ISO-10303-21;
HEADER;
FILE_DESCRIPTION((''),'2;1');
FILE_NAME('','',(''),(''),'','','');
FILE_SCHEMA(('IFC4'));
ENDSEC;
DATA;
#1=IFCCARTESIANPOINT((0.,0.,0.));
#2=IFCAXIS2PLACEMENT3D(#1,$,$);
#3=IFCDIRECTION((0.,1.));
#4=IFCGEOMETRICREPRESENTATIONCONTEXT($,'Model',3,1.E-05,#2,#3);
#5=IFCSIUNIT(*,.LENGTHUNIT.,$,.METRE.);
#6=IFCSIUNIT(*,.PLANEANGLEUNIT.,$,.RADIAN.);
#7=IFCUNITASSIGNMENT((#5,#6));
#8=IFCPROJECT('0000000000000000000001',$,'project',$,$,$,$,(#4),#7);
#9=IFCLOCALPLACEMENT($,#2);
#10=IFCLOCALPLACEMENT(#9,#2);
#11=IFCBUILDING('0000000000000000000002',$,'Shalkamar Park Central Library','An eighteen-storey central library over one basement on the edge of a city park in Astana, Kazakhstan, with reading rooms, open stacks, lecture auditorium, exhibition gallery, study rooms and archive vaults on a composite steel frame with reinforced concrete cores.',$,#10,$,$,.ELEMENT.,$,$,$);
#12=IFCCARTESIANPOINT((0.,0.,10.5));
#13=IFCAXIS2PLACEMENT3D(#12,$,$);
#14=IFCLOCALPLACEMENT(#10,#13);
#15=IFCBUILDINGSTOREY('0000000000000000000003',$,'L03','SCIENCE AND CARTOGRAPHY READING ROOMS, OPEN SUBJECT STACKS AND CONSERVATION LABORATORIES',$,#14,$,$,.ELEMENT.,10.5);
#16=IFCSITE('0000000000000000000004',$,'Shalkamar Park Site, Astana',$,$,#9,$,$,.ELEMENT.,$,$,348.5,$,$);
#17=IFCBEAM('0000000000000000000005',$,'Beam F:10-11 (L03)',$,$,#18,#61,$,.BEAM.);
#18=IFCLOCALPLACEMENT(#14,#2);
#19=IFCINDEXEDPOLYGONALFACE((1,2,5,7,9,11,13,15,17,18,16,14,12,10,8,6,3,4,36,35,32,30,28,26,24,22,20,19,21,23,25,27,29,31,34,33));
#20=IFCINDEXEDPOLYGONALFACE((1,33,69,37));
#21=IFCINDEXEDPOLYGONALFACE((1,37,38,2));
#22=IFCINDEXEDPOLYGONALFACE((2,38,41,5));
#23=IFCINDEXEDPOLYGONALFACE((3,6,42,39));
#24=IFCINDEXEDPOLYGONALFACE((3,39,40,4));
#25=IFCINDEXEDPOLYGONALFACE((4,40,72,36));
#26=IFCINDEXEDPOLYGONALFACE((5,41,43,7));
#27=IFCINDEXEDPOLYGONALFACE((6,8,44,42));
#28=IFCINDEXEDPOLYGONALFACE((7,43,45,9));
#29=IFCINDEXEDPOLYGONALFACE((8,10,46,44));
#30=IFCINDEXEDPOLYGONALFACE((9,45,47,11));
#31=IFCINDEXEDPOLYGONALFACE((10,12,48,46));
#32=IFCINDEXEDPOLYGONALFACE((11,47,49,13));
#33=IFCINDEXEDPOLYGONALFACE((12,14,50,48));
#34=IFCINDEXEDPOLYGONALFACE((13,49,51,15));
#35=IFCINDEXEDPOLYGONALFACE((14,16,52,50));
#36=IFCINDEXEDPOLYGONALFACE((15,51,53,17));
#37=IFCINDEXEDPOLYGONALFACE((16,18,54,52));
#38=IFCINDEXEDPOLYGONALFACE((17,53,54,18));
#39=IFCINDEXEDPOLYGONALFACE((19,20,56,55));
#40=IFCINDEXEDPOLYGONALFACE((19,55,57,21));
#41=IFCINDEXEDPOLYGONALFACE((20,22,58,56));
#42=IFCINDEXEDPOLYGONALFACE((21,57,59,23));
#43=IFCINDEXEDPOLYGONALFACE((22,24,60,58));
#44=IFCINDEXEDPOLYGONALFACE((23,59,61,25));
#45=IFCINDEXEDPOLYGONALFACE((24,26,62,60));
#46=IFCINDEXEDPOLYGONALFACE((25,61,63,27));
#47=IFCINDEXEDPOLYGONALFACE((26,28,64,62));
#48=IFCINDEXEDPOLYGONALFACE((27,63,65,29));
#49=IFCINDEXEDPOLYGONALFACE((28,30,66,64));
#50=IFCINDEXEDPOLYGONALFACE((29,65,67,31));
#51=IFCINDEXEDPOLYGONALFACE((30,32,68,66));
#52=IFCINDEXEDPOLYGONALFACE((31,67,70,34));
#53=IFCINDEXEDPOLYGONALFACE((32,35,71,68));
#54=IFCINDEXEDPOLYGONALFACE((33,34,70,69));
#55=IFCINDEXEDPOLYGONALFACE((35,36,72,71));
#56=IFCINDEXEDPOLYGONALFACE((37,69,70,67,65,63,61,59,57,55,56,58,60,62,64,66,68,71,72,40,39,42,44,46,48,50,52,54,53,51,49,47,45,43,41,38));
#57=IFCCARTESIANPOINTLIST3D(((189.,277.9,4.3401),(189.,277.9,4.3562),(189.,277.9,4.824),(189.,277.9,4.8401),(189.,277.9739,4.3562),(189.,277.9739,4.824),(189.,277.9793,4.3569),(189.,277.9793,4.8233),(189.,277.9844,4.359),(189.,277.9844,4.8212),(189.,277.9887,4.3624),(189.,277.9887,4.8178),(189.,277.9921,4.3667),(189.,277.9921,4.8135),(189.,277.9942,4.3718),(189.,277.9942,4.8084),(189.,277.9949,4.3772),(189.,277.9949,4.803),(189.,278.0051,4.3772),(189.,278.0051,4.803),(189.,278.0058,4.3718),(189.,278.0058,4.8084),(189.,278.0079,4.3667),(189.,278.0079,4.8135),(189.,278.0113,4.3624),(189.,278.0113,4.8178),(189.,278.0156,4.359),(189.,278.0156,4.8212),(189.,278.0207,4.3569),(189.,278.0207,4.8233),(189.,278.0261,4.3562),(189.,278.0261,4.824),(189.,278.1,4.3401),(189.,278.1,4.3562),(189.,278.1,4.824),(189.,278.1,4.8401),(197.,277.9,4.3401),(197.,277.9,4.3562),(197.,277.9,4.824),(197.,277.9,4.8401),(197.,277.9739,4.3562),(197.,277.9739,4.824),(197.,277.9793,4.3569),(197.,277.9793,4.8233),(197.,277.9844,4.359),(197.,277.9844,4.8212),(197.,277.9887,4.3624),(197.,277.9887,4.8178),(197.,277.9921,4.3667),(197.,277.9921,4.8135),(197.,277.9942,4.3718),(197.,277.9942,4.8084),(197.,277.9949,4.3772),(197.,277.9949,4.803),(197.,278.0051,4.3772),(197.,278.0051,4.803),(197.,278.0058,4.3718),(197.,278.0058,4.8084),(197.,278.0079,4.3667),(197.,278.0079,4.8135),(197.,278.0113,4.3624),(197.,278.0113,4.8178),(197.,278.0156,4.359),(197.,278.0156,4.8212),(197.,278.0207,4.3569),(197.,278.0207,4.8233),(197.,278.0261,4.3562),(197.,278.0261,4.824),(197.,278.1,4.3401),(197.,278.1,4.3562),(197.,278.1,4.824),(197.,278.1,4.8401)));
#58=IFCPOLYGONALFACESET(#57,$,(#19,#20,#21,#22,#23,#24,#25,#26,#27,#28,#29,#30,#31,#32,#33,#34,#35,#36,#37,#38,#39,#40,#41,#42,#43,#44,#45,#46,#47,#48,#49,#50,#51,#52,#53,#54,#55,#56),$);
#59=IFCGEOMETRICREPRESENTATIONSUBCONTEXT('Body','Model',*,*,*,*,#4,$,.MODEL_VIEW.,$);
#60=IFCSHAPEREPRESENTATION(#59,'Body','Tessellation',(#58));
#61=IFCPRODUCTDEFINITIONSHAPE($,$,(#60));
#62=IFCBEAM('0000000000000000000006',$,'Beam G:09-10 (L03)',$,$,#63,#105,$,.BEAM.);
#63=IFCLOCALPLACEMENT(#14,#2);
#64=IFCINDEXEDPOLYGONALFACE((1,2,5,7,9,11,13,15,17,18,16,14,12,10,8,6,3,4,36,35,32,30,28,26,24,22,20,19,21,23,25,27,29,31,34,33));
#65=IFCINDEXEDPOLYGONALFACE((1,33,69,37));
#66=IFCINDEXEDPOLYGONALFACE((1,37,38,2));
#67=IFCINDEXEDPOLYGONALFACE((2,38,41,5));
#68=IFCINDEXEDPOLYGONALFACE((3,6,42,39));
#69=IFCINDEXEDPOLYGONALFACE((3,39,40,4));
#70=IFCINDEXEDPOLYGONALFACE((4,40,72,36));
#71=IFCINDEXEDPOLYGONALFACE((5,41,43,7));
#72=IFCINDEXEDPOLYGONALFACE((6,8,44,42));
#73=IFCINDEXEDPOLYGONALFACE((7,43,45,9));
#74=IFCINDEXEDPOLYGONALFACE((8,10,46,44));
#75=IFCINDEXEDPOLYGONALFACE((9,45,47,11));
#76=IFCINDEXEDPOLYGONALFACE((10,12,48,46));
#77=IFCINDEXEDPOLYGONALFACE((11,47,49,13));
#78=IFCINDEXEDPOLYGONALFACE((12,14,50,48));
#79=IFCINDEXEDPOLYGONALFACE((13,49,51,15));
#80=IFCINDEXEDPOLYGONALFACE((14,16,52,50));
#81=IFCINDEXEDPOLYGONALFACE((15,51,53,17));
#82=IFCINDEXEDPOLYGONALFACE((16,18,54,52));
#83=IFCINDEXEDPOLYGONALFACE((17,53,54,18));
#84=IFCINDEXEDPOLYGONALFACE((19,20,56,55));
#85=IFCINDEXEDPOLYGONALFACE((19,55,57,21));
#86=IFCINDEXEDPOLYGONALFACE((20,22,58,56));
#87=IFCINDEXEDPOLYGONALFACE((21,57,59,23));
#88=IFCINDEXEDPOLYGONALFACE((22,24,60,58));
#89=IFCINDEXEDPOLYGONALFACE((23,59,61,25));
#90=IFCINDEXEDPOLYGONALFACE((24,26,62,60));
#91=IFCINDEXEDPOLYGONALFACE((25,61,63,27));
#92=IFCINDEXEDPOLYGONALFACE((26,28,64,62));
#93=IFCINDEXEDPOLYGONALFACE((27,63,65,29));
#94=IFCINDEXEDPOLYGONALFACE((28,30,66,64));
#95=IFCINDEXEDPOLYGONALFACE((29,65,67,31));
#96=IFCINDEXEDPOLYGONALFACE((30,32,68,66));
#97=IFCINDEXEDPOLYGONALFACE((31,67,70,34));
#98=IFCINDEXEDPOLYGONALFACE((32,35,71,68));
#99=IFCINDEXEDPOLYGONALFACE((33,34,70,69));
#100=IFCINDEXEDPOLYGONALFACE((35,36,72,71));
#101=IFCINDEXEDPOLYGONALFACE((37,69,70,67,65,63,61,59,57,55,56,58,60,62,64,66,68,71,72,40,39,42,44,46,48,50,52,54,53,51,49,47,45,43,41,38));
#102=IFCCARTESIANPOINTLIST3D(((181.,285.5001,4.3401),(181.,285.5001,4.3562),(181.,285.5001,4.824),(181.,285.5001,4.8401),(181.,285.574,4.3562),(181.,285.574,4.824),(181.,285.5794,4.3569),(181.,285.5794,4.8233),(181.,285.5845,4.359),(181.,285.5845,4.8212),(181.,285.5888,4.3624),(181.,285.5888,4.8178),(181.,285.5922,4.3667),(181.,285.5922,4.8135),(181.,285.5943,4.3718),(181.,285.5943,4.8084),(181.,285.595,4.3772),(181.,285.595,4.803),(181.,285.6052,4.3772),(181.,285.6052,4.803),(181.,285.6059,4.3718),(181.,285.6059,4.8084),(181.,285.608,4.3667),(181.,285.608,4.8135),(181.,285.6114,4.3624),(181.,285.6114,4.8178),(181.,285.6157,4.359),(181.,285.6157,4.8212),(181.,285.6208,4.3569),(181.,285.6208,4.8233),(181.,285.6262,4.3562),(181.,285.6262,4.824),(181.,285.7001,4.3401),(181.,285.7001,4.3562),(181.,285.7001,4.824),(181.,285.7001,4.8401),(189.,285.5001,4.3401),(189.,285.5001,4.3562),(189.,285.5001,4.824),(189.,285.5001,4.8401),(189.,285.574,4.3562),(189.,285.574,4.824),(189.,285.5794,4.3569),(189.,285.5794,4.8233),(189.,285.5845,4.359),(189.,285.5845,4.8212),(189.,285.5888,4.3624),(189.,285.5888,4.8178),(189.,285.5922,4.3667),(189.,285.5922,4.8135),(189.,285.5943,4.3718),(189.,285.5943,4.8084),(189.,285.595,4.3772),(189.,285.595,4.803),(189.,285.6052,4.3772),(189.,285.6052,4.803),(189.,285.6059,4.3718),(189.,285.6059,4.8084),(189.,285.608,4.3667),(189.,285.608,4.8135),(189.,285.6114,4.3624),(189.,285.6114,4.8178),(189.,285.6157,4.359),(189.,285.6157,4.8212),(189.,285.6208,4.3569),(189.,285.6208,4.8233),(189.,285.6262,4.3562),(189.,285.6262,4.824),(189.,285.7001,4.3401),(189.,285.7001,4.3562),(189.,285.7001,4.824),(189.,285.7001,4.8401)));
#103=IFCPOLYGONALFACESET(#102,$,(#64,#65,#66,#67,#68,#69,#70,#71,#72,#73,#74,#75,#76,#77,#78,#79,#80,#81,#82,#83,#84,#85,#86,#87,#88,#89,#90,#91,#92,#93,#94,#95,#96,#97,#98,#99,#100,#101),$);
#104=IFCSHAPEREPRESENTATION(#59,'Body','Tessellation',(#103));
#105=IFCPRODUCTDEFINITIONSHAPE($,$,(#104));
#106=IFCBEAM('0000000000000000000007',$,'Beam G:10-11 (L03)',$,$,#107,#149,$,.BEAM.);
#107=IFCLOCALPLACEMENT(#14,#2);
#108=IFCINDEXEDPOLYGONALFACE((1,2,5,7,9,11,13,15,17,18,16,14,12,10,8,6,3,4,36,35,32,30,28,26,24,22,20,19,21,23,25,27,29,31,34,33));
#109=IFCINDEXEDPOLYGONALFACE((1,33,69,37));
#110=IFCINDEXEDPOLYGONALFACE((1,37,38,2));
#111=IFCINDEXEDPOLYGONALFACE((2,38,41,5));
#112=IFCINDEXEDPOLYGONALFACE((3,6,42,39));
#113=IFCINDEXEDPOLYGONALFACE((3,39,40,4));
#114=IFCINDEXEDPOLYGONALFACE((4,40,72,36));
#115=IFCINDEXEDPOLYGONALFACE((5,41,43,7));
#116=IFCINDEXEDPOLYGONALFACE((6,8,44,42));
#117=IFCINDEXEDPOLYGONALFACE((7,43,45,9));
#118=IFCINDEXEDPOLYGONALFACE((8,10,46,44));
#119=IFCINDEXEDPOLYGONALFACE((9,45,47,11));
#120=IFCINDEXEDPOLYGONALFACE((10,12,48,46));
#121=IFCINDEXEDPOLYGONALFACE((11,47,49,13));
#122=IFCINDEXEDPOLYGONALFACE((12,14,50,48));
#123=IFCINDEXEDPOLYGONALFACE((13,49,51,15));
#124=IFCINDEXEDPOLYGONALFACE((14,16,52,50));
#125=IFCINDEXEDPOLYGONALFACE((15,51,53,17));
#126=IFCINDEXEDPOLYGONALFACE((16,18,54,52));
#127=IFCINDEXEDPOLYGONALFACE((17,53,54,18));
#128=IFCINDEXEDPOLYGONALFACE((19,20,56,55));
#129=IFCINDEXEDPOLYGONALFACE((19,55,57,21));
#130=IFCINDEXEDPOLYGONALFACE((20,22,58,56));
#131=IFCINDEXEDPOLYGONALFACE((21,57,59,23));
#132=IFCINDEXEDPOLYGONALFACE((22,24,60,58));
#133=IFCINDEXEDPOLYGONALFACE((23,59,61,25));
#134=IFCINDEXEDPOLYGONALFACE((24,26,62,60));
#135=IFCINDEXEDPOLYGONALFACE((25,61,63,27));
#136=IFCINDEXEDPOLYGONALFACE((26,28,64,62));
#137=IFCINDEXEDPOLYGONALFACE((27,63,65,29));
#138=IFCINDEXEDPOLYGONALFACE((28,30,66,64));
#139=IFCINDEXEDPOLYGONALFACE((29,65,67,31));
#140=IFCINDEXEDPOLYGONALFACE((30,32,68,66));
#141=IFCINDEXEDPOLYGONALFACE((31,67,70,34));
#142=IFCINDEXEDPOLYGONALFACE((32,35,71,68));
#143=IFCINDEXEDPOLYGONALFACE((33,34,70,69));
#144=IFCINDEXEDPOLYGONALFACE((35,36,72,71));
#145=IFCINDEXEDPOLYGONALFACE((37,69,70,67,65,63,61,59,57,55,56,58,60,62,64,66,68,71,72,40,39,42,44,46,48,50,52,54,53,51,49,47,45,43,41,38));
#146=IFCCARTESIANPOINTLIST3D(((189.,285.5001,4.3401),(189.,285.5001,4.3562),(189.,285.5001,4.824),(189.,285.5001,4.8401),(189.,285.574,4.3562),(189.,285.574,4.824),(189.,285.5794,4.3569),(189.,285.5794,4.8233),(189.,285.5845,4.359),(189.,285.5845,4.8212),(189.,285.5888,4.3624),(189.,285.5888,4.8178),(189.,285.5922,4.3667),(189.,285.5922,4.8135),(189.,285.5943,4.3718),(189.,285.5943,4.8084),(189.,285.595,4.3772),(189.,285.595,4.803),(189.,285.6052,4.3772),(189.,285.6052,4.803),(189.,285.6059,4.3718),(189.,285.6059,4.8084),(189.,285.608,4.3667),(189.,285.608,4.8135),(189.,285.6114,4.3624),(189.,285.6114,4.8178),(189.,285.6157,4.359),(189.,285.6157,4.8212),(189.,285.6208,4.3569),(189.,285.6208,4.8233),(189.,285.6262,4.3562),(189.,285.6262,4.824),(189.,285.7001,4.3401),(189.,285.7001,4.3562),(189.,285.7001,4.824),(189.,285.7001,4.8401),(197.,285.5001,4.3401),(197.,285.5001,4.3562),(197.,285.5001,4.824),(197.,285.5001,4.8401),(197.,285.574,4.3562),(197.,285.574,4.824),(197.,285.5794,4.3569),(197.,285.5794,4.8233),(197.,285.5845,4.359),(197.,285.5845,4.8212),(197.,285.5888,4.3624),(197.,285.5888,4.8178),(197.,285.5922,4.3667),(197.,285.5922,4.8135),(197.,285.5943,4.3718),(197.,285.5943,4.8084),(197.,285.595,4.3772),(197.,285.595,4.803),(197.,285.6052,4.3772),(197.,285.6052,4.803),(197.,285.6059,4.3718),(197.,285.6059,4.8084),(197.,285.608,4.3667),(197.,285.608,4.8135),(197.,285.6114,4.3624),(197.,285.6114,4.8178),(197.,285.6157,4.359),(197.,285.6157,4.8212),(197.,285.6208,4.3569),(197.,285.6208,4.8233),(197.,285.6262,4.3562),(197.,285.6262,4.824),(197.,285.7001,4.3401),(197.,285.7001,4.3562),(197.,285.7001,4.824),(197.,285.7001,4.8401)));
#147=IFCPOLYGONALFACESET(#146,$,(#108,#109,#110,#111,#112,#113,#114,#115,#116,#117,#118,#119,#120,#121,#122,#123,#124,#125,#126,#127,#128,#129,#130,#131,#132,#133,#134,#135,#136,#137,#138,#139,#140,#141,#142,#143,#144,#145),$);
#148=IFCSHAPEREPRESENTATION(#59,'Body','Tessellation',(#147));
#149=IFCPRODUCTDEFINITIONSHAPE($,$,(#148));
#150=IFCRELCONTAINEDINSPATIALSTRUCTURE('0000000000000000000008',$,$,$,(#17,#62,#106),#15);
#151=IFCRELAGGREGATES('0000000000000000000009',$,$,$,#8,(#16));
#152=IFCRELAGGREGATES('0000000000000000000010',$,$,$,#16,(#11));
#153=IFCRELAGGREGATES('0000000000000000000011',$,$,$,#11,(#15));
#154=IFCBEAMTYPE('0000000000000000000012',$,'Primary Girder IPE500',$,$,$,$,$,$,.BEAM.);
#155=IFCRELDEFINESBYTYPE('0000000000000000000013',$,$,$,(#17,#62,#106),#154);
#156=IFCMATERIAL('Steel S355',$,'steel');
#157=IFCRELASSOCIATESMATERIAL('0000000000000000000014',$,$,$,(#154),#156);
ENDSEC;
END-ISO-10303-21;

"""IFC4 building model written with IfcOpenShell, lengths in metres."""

from ifc_helpers import new_model, si_unit, direction, frame, origin, origin_2d, place, context, subcontext, project, spatial, i_section, extrude, material, material_profile, profile_set, type_object, element, save


model = new_model("IFC4")

# Units and contexts
model_context = context("Model", 3, precision=1e-05, world=origin(), true_north=direction((0.0, 1.0)))
body_context = subcontext(model_context, "Body", "Model", "MODEL_VIEW")
ifc_project = project(units=[si_unit("LENGTHUNIT", "METRE"), si_unit("PLANEANGLEUNIT", "RADIAN")], contexts=[model_context])

# Site, building, storey
site_placement = place(None, origin())
site = spatial("IfcSite", under=ifc_project, at=site_placement, Name="Shalkamar Park Site, Astana", CompositionType="ELEMENT", RefElevation=348.5)
building_placement = place(site_placement, origin())
building = spatial("IfcBuilding", under=site, at=building_placement, Name="Shalkamar Park Central Library", Description="An eighteen-storey central library over one basement on the edge of a city park in Astana, Kazakhstan, with reading rooms, open stacks, lecture auditorium, exhibition gallery, study rooms and archive vaults on a composite steel frame with reinforced concrete cores.", CompositionType="ELEMENT")
storey_placement = place(building_placement, frame((0.0, 0.0, 10.5)))
storey = spatial("IfcBuildingStorey", under=building, at=storey_placement, Name="L03", Description="SCIENCE AND CARTOGRAPHY READING ROOMS, OPEN SUBJECT STACKS AND CONSERVATION LABORATORIES", CompositionType="ELEMENT", Elevation=10.5)

# Shared definitions
ifc_material = material(Name="Steel S355", Category="steel")

# Beams
ifc_material_profile_1 = material_profile(ifc_material, i_section(OverallWidth=0.2, OverallDepth=0.5, WebThickness=0.0103, FlangeThickness=0.0161, FilletRadius=0.021, at=origin_2d()), Name="IPE 500")
ifc_profile_set_1 = profile_set([ifc_material_profile_1], Name="Steel S355")
beam_type_1 = type_object("IfcBeamType", Name="Primary Girder IPE500", PredefinedType="BEAM", material=ifc_profile_set_1)
for number, where, z_axis, x_axis, name in (
    (1, (189.0, 278.0, 4.5901), (1.0, 0.0, 0.0), (0.0, 1.0, 0.0), "Beam F:10-11 (L03)"),
    (2, (181.0, 285.6001, 4.5901), (1.0, 0.0, 0.0), (0.0, 1.0, 0.0), "Beam G:09-10 (L03)"),
    (3, (189.0, 285.6001, 4.5901), (1.0, 0.0, 0.0), (0.0, 1.0, 0.0), "Beam G:10-11 (L03)"),
):
    element("IfcBeam", number, at=place(storey_placement, frame(where, z_axis=z_axis, x_axis=x_axis)), inside=storey, type_object=beam_type_1, Name=name, PredefinedType="BEAM", context=body_context, shape_type="SweptSolid", body=[
        extrude(i_section(OverallWidth=0.2, OverallDepth=0.5, WebThickness=0.0103, FlangeThickness=0.0161, FilletRadius=0.021, at=origin_2d()), origin(), (0.0, 0.0, 1.0), 8.0),
    ])

save(model, "model.ifc")
